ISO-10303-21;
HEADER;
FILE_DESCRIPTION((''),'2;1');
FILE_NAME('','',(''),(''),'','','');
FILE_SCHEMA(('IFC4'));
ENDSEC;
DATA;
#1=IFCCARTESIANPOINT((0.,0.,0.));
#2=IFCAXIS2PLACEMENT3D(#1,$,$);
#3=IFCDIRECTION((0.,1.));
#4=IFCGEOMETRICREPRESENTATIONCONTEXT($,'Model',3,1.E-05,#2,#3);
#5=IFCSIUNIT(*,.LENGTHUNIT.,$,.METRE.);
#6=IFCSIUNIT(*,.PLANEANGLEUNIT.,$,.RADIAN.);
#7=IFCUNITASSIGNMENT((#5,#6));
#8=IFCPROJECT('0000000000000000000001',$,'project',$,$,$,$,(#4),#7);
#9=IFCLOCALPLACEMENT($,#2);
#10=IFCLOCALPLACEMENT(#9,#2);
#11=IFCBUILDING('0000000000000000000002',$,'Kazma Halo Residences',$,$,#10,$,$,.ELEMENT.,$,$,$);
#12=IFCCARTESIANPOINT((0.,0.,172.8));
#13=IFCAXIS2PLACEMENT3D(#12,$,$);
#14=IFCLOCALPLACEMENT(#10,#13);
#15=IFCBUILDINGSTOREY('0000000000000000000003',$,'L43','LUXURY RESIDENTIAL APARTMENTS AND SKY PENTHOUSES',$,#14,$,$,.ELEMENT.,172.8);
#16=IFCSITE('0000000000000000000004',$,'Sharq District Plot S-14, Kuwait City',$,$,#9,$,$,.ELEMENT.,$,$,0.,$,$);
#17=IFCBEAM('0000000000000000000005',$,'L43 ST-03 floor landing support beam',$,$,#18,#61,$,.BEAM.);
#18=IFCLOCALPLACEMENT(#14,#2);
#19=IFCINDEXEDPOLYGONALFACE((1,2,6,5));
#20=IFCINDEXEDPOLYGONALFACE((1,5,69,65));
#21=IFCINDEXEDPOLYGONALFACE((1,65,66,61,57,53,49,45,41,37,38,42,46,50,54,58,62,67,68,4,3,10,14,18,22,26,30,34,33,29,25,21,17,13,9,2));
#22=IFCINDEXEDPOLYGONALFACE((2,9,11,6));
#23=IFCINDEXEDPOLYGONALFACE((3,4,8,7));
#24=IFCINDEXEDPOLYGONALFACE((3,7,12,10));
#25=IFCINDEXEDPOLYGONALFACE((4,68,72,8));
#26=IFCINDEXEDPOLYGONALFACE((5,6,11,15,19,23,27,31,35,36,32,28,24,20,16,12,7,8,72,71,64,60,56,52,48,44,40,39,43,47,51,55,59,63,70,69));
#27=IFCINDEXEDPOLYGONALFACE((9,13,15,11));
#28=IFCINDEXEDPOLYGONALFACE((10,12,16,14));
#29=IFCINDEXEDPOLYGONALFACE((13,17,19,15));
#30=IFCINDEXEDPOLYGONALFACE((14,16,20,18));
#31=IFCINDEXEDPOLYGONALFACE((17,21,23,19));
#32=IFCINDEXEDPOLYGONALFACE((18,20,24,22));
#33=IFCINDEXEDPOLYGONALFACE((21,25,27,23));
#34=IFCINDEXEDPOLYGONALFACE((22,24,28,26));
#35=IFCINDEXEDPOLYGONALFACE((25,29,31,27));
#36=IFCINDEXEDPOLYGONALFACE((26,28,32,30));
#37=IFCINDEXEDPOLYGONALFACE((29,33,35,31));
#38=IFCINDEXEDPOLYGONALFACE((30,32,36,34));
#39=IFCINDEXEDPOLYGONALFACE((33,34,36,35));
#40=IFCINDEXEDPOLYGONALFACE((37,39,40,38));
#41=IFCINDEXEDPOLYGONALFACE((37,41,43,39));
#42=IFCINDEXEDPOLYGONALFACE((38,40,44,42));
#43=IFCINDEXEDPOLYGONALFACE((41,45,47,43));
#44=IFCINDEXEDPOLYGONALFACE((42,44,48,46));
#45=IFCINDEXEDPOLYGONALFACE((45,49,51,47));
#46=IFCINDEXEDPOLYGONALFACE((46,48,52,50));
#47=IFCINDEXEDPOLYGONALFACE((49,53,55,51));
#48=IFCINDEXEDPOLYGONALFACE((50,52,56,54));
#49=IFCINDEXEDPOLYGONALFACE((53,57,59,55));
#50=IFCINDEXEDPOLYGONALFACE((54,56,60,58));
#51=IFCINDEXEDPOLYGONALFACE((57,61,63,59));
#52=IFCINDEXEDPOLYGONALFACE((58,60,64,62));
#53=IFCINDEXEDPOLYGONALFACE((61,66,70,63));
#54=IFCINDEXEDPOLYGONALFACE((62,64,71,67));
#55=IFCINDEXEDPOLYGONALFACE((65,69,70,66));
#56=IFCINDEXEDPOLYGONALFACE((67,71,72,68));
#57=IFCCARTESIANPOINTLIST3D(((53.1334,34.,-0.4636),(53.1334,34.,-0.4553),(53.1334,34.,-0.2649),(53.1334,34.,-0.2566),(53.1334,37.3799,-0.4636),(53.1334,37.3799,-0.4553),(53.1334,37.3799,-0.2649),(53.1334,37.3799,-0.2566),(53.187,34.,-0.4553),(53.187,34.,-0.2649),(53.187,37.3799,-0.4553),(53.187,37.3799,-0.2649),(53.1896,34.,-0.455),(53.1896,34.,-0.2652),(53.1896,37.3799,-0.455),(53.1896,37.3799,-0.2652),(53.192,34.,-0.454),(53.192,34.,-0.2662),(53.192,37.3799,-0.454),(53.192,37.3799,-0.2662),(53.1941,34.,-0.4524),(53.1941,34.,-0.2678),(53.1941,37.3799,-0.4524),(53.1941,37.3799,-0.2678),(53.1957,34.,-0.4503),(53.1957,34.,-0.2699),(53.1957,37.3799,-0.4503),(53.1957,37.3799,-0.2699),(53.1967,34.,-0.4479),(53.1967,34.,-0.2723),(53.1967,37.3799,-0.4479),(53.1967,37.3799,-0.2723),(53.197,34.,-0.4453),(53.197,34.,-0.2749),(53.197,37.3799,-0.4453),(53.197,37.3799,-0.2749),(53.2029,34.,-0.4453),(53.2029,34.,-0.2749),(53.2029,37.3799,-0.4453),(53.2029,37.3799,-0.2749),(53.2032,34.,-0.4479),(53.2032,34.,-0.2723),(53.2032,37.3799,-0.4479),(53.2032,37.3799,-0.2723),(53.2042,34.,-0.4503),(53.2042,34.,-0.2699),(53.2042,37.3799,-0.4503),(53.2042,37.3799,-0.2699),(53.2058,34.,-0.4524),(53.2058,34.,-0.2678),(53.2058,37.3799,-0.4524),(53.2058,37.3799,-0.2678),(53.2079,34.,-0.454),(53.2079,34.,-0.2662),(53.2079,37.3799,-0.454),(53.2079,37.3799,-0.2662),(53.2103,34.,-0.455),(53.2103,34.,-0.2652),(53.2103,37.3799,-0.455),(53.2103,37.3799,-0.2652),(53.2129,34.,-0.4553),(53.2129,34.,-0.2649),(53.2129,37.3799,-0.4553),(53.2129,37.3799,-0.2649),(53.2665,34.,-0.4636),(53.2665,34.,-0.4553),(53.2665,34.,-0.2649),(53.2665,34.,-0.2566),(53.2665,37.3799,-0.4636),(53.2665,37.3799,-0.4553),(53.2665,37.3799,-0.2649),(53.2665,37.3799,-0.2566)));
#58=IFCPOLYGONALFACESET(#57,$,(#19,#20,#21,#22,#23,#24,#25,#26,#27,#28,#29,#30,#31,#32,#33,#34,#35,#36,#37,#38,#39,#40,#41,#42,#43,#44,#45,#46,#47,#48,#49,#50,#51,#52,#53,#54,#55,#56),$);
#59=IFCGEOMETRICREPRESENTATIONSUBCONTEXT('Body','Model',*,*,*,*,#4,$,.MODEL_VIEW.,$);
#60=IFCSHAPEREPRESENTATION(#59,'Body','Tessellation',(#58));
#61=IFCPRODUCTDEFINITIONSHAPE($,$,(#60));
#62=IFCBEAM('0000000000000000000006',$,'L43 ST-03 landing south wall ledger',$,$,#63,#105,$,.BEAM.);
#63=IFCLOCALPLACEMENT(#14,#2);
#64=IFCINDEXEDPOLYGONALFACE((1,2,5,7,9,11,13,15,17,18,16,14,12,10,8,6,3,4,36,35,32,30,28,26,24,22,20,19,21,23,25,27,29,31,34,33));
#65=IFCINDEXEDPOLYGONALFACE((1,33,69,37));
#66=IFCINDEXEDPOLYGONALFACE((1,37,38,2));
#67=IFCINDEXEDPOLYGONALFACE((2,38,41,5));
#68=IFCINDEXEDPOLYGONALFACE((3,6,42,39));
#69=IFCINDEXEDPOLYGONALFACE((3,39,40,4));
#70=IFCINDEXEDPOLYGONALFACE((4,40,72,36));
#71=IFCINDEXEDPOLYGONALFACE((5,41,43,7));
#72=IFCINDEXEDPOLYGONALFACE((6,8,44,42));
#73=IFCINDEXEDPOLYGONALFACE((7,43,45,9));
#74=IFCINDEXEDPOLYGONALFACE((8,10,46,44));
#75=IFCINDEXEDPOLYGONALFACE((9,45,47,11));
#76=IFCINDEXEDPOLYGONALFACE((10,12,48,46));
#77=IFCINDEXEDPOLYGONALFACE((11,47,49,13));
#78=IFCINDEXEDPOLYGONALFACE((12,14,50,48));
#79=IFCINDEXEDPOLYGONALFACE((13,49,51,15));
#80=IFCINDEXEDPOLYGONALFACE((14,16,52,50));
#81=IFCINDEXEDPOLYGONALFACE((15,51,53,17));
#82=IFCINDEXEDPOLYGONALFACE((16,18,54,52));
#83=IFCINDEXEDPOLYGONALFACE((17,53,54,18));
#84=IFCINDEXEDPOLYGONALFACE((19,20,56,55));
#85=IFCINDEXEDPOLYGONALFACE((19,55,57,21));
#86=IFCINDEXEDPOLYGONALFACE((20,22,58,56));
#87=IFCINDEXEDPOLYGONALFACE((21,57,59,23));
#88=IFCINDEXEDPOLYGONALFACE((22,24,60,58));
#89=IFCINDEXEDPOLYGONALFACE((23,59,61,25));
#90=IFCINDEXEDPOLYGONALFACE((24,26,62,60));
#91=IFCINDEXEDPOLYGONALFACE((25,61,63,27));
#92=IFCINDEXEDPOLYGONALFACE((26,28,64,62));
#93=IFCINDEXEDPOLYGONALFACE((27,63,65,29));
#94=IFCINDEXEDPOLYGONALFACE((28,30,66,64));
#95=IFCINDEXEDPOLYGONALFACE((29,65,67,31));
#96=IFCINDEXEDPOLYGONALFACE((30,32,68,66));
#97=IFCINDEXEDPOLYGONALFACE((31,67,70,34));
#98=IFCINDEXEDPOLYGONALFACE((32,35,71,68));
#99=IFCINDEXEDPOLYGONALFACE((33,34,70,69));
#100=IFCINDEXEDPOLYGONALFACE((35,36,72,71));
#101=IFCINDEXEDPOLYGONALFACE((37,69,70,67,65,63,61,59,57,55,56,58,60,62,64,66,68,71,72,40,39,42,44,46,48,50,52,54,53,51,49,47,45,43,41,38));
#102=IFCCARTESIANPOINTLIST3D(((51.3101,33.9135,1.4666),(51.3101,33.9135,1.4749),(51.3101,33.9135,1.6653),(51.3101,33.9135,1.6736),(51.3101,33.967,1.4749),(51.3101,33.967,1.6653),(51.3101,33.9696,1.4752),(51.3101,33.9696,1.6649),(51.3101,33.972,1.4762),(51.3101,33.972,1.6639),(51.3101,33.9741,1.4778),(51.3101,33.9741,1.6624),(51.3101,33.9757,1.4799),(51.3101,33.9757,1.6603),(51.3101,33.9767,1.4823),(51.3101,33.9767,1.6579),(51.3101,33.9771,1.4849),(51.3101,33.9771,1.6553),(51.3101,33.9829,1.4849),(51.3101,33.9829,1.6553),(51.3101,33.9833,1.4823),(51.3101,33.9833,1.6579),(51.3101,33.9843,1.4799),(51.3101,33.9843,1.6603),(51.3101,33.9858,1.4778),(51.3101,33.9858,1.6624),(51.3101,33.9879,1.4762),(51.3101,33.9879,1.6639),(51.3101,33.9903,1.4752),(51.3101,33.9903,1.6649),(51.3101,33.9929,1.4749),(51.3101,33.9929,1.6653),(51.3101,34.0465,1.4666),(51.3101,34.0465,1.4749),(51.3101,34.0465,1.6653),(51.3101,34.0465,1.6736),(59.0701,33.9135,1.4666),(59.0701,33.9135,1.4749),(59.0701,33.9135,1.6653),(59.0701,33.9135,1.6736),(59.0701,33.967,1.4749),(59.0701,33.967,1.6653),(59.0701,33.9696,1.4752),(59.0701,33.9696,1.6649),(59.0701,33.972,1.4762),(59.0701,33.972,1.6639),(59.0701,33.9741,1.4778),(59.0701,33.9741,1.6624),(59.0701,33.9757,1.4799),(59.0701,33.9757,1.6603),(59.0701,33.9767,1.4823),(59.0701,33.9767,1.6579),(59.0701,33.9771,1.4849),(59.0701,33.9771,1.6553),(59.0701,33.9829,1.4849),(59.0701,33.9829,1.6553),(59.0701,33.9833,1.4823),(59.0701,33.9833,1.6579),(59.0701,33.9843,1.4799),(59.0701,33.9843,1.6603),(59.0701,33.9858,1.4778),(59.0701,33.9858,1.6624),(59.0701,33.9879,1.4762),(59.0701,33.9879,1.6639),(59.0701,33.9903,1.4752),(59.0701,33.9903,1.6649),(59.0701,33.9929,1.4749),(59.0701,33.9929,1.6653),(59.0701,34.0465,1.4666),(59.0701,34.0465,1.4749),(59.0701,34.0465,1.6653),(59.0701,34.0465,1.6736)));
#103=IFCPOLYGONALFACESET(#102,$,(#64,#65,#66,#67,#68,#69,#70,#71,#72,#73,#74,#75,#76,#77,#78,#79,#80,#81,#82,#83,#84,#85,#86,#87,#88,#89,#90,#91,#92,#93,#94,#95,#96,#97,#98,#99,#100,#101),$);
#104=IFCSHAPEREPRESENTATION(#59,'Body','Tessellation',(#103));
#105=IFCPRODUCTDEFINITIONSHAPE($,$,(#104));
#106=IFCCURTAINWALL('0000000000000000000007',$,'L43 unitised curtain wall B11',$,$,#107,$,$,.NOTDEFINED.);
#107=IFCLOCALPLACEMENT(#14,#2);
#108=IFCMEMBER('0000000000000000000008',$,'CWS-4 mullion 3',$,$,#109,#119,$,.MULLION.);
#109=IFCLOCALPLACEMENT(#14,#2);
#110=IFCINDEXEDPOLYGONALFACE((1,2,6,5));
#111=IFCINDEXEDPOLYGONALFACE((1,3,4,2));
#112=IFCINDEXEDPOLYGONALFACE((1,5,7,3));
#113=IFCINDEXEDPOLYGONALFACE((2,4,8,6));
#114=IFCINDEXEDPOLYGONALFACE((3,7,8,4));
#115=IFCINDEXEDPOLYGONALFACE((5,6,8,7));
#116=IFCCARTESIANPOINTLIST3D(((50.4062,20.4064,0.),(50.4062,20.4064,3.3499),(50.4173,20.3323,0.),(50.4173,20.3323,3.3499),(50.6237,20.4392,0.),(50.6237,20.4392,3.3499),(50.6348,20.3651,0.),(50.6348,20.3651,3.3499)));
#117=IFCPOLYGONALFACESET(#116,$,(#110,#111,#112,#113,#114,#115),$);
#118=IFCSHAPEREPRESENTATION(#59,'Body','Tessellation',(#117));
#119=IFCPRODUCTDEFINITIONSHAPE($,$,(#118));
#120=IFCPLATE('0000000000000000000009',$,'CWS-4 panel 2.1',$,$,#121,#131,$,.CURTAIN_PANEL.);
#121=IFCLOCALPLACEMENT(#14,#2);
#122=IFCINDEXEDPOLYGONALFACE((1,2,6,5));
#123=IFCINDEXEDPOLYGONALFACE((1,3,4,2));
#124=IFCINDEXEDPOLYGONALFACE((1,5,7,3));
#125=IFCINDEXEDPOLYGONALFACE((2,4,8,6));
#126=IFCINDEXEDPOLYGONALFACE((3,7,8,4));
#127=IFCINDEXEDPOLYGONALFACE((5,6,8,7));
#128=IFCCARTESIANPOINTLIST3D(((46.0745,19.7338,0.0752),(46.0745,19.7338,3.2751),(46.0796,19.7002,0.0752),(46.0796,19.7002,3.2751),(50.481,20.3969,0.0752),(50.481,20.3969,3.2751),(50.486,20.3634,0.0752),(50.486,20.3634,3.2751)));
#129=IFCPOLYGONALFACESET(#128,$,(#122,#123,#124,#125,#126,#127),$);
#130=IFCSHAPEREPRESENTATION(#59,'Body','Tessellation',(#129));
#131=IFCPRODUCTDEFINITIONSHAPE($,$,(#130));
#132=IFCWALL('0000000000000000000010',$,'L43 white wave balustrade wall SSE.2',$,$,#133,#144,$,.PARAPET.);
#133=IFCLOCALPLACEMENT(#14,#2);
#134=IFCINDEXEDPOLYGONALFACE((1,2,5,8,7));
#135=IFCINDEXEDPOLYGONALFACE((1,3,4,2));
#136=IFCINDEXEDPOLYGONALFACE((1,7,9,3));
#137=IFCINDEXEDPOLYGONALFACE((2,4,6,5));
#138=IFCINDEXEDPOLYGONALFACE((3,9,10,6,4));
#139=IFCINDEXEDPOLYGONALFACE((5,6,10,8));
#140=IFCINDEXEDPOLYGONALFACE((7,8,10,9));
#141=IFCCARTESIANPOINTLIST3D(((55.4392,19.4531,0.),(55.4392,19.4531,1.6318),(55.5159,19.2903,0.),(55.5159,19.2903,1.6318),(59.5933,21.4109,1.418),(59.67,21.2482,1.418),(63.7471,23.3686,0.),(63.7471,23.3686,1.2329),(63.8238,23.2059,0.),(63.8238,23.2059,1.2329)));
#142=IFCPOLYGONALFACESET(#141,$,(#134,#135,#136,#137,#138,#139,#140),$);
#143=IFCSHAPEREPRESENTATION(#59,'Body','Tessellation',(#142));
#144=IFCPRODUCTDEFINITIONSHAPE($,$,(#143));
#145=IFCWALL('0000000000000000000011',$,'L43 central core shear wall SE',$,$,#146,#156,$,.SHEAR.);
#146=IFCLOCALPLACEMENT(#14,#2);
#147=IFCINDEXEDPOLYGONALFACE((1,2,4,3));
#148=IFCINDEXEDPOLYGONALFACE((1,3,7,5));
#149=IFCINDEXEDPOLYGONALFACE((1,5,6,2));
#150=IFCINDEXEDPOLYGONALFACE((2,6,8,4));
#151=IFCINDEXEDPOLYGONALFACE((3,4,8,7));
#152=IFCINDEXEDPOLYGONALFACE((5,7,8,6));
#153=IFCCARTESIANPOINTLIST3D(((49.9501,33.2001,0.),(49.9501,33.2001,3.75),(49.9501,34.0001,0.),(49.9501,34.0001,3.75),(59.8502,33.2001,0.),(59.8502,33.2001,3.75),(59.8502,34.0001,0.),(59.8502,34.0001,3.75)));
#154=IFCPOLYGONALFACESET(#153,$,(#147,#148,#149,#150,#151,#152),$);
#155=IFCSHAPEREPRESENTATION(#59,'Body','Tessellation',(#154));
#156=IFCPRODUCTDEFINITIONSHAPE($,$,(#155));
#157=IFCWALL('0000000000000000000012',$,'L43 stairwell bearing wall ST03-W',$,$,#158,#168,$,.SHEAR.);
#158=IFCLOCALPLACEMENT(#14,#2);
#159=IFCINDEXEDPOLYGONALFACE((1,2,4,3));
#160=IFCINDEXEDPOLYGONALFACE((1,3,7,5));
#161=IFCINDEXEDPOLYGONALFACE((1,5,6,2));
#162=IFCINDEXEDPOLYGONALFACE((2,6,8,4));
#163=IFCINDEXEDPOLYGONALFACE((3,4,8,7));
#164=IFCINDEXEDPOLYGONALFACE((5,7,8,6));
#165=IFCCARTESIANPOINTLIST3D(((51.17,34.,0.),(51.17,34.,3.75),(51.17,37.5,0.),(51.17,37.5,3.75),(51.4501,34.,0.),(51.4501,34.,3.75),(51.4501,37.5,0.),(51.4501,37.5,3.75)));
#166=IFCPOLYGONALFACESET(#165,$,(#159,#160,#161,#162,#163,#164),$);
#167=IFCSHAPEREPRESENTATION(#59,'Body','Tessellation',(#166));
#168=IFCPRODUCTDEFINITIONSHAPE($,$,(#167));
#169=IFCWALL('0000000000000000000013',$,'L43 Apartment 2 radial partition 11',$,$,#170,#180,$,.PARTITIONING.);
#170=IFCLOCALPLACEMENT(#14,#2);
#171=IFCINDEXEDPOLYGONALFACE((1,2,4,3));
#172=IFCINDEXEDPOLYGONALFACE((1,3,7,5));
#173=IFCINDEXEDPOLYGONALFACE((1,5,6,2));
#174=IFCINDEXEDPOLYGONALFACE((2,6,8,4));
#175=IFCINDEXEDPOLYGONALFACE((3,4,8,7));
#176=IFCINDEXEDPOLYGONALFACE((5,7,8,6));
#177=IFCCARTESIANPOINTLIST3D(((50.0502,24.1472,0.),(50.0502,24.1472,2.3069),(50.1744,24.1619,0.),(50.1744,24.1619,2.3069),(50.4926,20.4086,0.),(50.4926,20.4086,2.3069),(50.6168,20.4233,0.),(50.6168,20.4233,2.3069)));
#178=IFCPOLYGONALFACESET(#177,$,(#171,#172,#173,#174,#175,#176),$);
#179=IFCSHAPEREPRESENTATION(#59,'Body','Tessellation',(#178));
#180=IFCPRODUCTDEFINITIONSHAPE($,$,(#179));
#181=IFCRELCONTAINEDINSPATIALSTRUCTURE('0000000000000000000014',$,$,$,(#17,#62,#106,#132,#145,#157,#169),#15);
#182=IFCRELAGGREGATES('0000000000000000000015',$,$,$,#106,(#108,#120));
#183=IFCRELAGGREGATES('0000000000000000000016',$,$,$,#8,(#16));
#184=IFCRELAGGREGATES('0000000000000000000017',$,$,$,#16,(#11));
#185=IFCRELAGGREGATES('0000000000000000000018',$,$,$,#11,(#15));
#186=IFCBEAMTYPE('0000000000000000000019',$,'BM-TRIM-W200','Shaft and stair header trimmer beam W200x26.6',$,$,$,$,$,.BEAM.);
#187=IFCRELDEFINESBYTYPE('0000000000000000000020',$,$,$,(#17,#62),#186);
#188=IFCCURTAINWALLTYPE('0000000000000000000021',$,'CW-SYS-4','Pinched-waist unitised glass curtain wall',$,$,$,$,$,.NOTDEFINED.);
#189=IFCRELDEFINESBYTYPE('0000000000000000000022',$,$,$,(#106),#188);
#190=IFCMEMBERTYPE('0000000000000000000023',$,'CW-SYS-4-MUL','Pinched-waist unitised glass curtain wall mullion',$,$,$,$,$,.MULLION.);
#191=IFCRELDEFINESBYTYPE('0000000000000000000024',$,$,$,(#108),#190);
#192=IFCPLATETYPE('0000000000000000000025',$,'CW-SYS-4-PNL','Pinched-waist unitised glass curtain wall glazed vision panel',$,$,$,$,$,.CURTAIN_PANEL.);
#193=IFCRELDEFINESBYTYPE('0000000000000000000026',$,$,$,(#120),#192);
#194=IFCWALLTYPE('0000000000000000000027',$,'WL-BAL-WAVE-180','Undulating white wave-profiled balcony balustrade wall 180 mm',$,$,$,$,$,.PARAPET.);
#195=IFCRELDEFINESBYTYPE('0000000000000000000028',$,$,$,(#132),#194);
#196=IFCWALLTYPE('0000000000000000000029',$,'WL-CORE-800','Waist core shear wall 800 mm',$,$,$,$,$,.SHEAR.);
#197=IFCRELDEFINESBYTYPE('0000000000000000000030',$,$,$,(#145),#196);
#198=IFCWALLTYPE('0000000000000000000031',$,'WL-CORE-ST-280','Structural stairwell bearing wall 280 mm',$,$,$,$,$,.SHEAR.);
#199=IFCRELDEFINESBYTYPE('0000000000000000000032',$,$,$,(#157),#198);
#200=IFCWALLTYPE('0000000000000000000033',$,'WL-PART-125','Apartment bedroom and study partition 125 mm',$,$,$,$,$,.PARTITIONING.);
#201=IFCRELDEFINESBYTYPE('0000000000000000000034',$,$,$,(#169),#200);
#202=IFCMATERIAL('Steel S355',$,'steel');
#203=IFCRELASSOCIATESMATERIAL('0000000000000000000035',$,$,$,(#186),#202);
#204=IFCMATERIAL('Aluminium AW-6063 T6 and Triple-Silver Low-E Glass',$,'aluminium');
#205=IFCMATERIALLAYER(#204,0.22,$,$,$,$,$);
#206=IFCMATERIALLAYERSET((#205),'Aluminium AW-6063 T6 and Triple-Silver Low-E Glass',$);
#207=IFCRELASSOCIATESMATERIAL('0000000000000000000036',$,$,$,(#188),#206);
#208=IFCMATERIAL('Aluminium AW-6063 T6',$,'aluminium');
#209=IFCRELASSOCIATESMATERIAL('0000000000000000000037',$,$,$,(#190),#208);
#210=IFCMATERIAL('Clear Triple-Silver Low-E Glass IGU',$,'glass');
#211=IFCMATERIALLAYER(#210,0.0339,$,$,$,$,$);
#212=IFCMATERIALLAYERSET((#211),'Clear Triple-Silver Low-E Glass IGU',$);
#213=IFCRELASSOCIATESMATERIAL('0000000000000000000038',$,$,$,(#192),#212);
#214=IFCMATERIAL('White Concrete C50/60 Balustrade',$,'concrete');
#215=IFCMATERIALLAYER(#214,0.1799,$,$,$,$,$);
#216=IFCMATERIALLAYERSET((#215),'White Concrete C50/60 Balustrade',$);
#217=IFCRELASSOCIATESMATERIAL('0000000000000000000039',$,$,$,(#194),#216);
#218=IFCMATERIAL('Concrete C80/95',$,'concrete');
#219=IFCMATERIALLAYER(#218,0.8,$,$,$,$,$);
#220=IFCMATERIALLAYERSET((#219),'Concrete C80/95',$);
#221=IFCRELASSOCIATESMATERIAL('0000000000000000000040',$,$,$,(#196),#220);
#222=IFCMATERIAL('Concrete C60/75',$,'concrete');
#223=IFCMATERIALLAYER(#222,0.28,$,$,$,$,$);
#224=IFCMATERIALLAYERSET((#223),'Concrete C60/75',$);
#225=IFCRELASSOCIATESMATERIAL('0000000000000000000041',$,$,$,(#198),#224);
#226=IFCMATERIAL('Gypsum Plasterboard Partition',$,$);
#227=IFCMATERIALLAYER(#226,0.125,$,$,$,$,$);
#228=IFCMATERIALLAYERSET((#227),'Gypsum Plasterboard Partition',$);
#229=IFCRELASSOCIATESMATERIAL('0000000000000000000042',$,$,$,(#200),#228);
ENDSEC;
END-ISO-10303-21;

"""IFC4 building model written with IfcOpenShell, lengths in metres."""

from ifc_helpers import new_model, si_unit, direction, frame, frame_2d, origin, origin_2d, place, context, subcontext, project, spatial, polyline, rectangle, i_section, outline, extrude, material, layer, layer_set, material_profile, profile_set, type_object, element, aggregate, save


model = new_model("IFC4")

# Units and contexts
model_context = context("Model", 3, precision=1e-05, world=origin(), true_north=direction((0.0, 1.0)))
body_context = subcontext(model_context, "Body", "Model", "MODEL_VIEW")
ifc_project = project(units=[si_unit("LENGTHUNIT", "METRE"), si_unit("PLANEANGLEUNIT", "RADIAN")], contexts=[model_context])

# Site, building, storey
site_placement = place(None, origin())
site = spatial("IfcSite", under=ifc_project, at=site_placement, Name="Sharq District Plot S-14, Kuwait City", CompositionType="ELEMENT", RefElevation=0.0)
building_placement = place(site_placement, origin())
building = spatial("IfcBuilding", under=site, at=building_placement, Name="Kazma Halo Residences", CompositionType="ELEMENT")
storey_placement = place(building_placement, frame((0.0, 0.0, 172.8)))
storey = spatial("IfcBuildingStorey", under=building, at=storey_placement, Name="L43", Description="LUXURY RESIDENTIAL APARTMENTS AND SKY PENTHOUSES", CompositionType="ELEMENT", Elevation=172.8)

# Shared definitions
ifc_material_1 = material(Name="Concrete C80/95", Category="concrete")

# Beams
ifc_material_2 = material(Name="Steel S355", Category="steel")
ifc_material_profile_1 = material_profile(ifc_material_2, i_section(OverallWidth=0.1331, OverallDepth=0.207, WebThickness=0.0059, FlangeThickness=0.0083, FilletRadius=0.01, at=origin_2d()), Name="W200x26.6")
ifc_profile_set_1 = profile_set([ifc_material_profile_1], Name="Steel S355")
beam_type_1 = type_object("IfcBeamType", Name="BM-TRIM-W200", Description="Shaft and stair header trimmer beam W200x26.6", PredefinedType="BEAM", material=ifc_profile_set_1)
beam_1_placement = place(storey_placement, frame((53.2, 34.0, -0.3601), z_axis=(0.0, 1.0, 0.0), x_axis=(-1.0, 0.0, 0.0)))
element("IfcBeam", 1, at=beam_1_placement, inside=storey, type_object=beam_type_1, Name="L43 ST-03 floor landing support beam", PredefinedType="BEAM", context=body_context, shape_type="SweptSolid", body=[
    extrude(i_section(OverallWidth=0.1331, OverallDepth=0.207, WebThickness=0.0059, FlangeThickness=0.0083, FilletRadius=0.01, at=origin_2d()), origin(), (0.0, 0.0, 1.0), 3.3799),
])
beam_2_placement = place(storey_placement, frame((51.3101, 33.98, 1.5701), z_axis=(1.0, 0.0, 0.0), x_axis=(0.0, 1.0, 0.0)))
element("IfcBeam", 2, at=beam_2_placement, inside=storey, type_object=beam_type_1, Name="L43 ST-03 landing south wall ledger", PredefinedType="BEAM", context=body_context, shape_type="SweptSolid", body=[
    extrude(i_section(OverallWidth=0.1331, OverallDepth=0.207, WebThickness=0.0059, FlangeThickness=0.0083, FilletRadius=0.01, at=origin_2d()), origin(), (0.0, 0.0, 1.0), 7.76),
])

# Curtain wall, member, plate
ifc_material_3 = material(Name="Aluminium AW-6063 T6 and Triple-Silver Low-E Glass", Category="aluminium")
ifc_layer_1 = layer(ifc_material_3, 0.22)
ifc_layer_set_1 = layer_set([ifc_layer_1], Name="Aluminium AW-6063 T6 and Triple-Silver Low-E Glass")
curtain_wall_type = type_object("IfcCurtainWallType", Name="CW-SYS-4", Description="Pinched-waist unitised glass curtain wall", PredefinedType="NOTDEFINED", material=ifc_layer_set_1)
curtain_wall_placement = place(storey_placement, origin())
curtain_wall = element("IfcCurtainWall", 3, at=curtain_wall_placement, inside=storey, type_object=curtain_wall_type, Name="L43 unitised curtain wall B11", PredefinedType="NOTDEFINED")
ifc_material_4 = material(Name="Aluminium AW-6063 T6", Category="aluminium")
ifc_material_profile_2 = material_profile(ifc_material_4, rectangle(XDim=0.075, YDim=0.22, at=origin_2d()), Name="CWM-75x220")
ifc_profile_set_2 = profile_set([ifc_material_profile_2], Name="Aluminium AW-6063 T6")
member_type = type_object("IfcMemberType", Name="CW-SYS-4-MUL", Description="Pinched-waist unitised glass curtain wall mullion", PredefinedType="MULLION", material=ifc_profile_set_2)
member_placement = place(storey_placement, frame((50.5205, 20.3857, 0.0), z_axis=(0.0, 0.0, 1.0), x_axis=(-0.148821, 0.988864, 0.0)))
member = element("IfcMember", 4, at=member_placement, type_object=member_type, Name="CWS-4 mullion 3", PredefinedType="MULLION", context=body_context, shape_type="SweptSolid", body=[
    extrude(rectangle(XDim=0.075, YDim=0.22, at=origin_2d()), origin(), (0.0, 0.0, 1.0), 3.3499),
])
ifc_material_5 = material(Name="Clear Triple-Silver Low-E Glass IGU", Category="glass")
ifc_layer_2 = layer(ifc_material_5, 0.0339)
ifc_layer_set_2 = layer_set([ifc_layer_2], Name="Clear Triple-Silver Low-E Glass IGU")
plate_type = type_object("IfcPlateType", Name="CW-SYS-4-PNL", Description="Pinched-waist unitised glass curtain wall glazed vision panel", PredefinedType="CURTAIN_PANEL", material=ifc_layer_set_2)
plate_placement = place(storey_placement, frame((48.2803, 20.0486, 0.0752), z_axis=(0.0, 0.0, 1.0), x_axis=(0.988864, 0.148821, 0.0)))
plate = element("IfcPlate", 5, at=plate_placement, type_object=plate_type, Name="CWS-4 panel 2.1", PredefinedType="CURTAIN_PANEL", context=body_context, shape_type="SweptSolid", body=[
    extrude(rectangle(XDim=4.4561, YDim=0.0339, at=origin_2d()), origin(), (0.0, 0.0, 1.0), 3.2),
])
aggregate(curtain_wall, [member, plate])

# Walls
ifc_material_6 = material(Name="White Concrete C50/60 Balustrade", Category="concrete")
ifc_layer_3 = layer(ifc_material_6, 0.1799)
ifc_layer_set_3 = layer_set([ifc_layer_3], Name="White Concrete C50/60 Balustrade")
wall_type_1 = type_object("IfcWallType", Name="WL-BAL-WAVE-180", Description="Undulating white wave-profiled balcony balustrade wall 180 mm", PredefinedType="PARAPET", material=ifc_layer_set_3)
wall_1_placement = place(storey_placement, frame((55.4775, 19.3718, 0.0), z_axis=(0.0, 0.0, 1.0), x_axis=(0.904569, 0.426327, 0.0)))
element("IfcWall", 6, at=wall_1_placement, inside=storey, type_object=wall_type_1, Name="L43 white wave balustrade wall SSE.2", PredefinedType="PARAPET", context=body_context, shape_type="SweptSolid", body=[
    extrude(outline(polyline([(0.0, 0.0), (9.1843, 0.0), (9.1843, 1.2329), (4.5923, 1.418), (0.0, 1.6318), (0.0, 0.0)])), frame((0.0, 0.0898, 0.0), z_axis=(0.0, -1.0, 0.0), x_axis=(1.0, 0.0, 0.0)), (0.0, 0.0, 1.0), 0.1799),
])
ifc_layer_4 = layer(ifc_material_1, 0.8)
ifc_layer_set_4 = layer_set([ifc_layer_4], Name="Concrete C80/95")
wall_type_2 = type_object("IfcWallType", Name="WL-CORE-800", Description="Waist core shear wall 800 mm", PredefinedType="SHEAR", material=ifc_layer_set_4)
wall_2_placement = place(storey_placement, frame((49.95, 33.6001, 0.0), z_axis=(0.0, 0.0, 1.0), x_axis=(1.0, 0.0, 0.0)))
element("IfcWall", 7, at=wall_2_placement, inside=storey, type_object=wall_type_2, Name="L43 central core shear wall SE", PredefinedType="SHEAR", context=body_context, shape_type="SweptSolid", body=[
    extrude(rectangle(XDim=9.9001, YDim=0.8, at=frame_2d((4.9502, 0.0))), origin(), (0.0, 0.0, 1.0), 3.75),
])
ifc_material_7 = material(Name="Concrete C60/75", Category="concrete")
ifc_layer_5 = layer(ifc_material_7, 0.28)
ifc_layer_set_5 = layer_set([ifc_layer_5], Name="Concrete C60/75")
wall_type_3 = type_object("IfcWallType", Name="WL-CORE-ST-280", Description="Structural stairwell bearing wall 280 mm", PredefinedType="SHEAR", material=ifc_layer_set_5)
wall_3_placement = place(storey_placement, frame((51.3101, 34.0, 0.0), z_axis=(0.0, 0.0, 1.0), x_axis=(0.0, 1.0, 0.0)))
element("IfcWall", 8, at=wall_3_placement, inside=storey, type_object=wall_type_3, Name="L43 stairwell bearing wall ST03-W", PredefinedType="SHEAR", context=body_context, shape_type="SweptSolid", body=[
    extrude(rectangle(XDim=3.5, YDim=0.28, at=frame_2d((1.75, 0.0))), origin(), (0.0, 0.0, 1.0), 3.75),
])

# Wall
ifc_material_8 = material(Name="Gypsum Plasterboard Partition")
ifc_layer_6 = layer(ifc_material_8, 0.125)
ifc_layer_set_6 = layer_set([ifc_layer_6], Name="Gypsum Plasterboard Partition")
wall_type_4 = type_object("IfcWallType", Name="WL-PART-125", Description="Apartment bedroom and study partition 125 mm", PredefinedType="PARTITIONING", material=ifc_layer_set_6)
wall_4_placement = place(storey_placement, frame((50.1123, 24.1545, 0.0), z_axis=(0.0, 0.0, 1.0), x_axis=(0.117511, -0.993072, 0.0)))
element("IfcWall", 9, at=wall_4_placement, inside=storey, type_object=wall_type_4, Name="L43 Apartment 2 radial partition 11", PredefinedType="PARTITIONING", context=body_context, shape_type="SweptSolid", body=[
    extrude(rectangle(XDim=3.7646, YDim=0.125, at=frame_2d((1.8823, 0.0))), origin(), (0.0, 0.0, 1.0), 2.3069),
])

save(model, "model.ifc")
